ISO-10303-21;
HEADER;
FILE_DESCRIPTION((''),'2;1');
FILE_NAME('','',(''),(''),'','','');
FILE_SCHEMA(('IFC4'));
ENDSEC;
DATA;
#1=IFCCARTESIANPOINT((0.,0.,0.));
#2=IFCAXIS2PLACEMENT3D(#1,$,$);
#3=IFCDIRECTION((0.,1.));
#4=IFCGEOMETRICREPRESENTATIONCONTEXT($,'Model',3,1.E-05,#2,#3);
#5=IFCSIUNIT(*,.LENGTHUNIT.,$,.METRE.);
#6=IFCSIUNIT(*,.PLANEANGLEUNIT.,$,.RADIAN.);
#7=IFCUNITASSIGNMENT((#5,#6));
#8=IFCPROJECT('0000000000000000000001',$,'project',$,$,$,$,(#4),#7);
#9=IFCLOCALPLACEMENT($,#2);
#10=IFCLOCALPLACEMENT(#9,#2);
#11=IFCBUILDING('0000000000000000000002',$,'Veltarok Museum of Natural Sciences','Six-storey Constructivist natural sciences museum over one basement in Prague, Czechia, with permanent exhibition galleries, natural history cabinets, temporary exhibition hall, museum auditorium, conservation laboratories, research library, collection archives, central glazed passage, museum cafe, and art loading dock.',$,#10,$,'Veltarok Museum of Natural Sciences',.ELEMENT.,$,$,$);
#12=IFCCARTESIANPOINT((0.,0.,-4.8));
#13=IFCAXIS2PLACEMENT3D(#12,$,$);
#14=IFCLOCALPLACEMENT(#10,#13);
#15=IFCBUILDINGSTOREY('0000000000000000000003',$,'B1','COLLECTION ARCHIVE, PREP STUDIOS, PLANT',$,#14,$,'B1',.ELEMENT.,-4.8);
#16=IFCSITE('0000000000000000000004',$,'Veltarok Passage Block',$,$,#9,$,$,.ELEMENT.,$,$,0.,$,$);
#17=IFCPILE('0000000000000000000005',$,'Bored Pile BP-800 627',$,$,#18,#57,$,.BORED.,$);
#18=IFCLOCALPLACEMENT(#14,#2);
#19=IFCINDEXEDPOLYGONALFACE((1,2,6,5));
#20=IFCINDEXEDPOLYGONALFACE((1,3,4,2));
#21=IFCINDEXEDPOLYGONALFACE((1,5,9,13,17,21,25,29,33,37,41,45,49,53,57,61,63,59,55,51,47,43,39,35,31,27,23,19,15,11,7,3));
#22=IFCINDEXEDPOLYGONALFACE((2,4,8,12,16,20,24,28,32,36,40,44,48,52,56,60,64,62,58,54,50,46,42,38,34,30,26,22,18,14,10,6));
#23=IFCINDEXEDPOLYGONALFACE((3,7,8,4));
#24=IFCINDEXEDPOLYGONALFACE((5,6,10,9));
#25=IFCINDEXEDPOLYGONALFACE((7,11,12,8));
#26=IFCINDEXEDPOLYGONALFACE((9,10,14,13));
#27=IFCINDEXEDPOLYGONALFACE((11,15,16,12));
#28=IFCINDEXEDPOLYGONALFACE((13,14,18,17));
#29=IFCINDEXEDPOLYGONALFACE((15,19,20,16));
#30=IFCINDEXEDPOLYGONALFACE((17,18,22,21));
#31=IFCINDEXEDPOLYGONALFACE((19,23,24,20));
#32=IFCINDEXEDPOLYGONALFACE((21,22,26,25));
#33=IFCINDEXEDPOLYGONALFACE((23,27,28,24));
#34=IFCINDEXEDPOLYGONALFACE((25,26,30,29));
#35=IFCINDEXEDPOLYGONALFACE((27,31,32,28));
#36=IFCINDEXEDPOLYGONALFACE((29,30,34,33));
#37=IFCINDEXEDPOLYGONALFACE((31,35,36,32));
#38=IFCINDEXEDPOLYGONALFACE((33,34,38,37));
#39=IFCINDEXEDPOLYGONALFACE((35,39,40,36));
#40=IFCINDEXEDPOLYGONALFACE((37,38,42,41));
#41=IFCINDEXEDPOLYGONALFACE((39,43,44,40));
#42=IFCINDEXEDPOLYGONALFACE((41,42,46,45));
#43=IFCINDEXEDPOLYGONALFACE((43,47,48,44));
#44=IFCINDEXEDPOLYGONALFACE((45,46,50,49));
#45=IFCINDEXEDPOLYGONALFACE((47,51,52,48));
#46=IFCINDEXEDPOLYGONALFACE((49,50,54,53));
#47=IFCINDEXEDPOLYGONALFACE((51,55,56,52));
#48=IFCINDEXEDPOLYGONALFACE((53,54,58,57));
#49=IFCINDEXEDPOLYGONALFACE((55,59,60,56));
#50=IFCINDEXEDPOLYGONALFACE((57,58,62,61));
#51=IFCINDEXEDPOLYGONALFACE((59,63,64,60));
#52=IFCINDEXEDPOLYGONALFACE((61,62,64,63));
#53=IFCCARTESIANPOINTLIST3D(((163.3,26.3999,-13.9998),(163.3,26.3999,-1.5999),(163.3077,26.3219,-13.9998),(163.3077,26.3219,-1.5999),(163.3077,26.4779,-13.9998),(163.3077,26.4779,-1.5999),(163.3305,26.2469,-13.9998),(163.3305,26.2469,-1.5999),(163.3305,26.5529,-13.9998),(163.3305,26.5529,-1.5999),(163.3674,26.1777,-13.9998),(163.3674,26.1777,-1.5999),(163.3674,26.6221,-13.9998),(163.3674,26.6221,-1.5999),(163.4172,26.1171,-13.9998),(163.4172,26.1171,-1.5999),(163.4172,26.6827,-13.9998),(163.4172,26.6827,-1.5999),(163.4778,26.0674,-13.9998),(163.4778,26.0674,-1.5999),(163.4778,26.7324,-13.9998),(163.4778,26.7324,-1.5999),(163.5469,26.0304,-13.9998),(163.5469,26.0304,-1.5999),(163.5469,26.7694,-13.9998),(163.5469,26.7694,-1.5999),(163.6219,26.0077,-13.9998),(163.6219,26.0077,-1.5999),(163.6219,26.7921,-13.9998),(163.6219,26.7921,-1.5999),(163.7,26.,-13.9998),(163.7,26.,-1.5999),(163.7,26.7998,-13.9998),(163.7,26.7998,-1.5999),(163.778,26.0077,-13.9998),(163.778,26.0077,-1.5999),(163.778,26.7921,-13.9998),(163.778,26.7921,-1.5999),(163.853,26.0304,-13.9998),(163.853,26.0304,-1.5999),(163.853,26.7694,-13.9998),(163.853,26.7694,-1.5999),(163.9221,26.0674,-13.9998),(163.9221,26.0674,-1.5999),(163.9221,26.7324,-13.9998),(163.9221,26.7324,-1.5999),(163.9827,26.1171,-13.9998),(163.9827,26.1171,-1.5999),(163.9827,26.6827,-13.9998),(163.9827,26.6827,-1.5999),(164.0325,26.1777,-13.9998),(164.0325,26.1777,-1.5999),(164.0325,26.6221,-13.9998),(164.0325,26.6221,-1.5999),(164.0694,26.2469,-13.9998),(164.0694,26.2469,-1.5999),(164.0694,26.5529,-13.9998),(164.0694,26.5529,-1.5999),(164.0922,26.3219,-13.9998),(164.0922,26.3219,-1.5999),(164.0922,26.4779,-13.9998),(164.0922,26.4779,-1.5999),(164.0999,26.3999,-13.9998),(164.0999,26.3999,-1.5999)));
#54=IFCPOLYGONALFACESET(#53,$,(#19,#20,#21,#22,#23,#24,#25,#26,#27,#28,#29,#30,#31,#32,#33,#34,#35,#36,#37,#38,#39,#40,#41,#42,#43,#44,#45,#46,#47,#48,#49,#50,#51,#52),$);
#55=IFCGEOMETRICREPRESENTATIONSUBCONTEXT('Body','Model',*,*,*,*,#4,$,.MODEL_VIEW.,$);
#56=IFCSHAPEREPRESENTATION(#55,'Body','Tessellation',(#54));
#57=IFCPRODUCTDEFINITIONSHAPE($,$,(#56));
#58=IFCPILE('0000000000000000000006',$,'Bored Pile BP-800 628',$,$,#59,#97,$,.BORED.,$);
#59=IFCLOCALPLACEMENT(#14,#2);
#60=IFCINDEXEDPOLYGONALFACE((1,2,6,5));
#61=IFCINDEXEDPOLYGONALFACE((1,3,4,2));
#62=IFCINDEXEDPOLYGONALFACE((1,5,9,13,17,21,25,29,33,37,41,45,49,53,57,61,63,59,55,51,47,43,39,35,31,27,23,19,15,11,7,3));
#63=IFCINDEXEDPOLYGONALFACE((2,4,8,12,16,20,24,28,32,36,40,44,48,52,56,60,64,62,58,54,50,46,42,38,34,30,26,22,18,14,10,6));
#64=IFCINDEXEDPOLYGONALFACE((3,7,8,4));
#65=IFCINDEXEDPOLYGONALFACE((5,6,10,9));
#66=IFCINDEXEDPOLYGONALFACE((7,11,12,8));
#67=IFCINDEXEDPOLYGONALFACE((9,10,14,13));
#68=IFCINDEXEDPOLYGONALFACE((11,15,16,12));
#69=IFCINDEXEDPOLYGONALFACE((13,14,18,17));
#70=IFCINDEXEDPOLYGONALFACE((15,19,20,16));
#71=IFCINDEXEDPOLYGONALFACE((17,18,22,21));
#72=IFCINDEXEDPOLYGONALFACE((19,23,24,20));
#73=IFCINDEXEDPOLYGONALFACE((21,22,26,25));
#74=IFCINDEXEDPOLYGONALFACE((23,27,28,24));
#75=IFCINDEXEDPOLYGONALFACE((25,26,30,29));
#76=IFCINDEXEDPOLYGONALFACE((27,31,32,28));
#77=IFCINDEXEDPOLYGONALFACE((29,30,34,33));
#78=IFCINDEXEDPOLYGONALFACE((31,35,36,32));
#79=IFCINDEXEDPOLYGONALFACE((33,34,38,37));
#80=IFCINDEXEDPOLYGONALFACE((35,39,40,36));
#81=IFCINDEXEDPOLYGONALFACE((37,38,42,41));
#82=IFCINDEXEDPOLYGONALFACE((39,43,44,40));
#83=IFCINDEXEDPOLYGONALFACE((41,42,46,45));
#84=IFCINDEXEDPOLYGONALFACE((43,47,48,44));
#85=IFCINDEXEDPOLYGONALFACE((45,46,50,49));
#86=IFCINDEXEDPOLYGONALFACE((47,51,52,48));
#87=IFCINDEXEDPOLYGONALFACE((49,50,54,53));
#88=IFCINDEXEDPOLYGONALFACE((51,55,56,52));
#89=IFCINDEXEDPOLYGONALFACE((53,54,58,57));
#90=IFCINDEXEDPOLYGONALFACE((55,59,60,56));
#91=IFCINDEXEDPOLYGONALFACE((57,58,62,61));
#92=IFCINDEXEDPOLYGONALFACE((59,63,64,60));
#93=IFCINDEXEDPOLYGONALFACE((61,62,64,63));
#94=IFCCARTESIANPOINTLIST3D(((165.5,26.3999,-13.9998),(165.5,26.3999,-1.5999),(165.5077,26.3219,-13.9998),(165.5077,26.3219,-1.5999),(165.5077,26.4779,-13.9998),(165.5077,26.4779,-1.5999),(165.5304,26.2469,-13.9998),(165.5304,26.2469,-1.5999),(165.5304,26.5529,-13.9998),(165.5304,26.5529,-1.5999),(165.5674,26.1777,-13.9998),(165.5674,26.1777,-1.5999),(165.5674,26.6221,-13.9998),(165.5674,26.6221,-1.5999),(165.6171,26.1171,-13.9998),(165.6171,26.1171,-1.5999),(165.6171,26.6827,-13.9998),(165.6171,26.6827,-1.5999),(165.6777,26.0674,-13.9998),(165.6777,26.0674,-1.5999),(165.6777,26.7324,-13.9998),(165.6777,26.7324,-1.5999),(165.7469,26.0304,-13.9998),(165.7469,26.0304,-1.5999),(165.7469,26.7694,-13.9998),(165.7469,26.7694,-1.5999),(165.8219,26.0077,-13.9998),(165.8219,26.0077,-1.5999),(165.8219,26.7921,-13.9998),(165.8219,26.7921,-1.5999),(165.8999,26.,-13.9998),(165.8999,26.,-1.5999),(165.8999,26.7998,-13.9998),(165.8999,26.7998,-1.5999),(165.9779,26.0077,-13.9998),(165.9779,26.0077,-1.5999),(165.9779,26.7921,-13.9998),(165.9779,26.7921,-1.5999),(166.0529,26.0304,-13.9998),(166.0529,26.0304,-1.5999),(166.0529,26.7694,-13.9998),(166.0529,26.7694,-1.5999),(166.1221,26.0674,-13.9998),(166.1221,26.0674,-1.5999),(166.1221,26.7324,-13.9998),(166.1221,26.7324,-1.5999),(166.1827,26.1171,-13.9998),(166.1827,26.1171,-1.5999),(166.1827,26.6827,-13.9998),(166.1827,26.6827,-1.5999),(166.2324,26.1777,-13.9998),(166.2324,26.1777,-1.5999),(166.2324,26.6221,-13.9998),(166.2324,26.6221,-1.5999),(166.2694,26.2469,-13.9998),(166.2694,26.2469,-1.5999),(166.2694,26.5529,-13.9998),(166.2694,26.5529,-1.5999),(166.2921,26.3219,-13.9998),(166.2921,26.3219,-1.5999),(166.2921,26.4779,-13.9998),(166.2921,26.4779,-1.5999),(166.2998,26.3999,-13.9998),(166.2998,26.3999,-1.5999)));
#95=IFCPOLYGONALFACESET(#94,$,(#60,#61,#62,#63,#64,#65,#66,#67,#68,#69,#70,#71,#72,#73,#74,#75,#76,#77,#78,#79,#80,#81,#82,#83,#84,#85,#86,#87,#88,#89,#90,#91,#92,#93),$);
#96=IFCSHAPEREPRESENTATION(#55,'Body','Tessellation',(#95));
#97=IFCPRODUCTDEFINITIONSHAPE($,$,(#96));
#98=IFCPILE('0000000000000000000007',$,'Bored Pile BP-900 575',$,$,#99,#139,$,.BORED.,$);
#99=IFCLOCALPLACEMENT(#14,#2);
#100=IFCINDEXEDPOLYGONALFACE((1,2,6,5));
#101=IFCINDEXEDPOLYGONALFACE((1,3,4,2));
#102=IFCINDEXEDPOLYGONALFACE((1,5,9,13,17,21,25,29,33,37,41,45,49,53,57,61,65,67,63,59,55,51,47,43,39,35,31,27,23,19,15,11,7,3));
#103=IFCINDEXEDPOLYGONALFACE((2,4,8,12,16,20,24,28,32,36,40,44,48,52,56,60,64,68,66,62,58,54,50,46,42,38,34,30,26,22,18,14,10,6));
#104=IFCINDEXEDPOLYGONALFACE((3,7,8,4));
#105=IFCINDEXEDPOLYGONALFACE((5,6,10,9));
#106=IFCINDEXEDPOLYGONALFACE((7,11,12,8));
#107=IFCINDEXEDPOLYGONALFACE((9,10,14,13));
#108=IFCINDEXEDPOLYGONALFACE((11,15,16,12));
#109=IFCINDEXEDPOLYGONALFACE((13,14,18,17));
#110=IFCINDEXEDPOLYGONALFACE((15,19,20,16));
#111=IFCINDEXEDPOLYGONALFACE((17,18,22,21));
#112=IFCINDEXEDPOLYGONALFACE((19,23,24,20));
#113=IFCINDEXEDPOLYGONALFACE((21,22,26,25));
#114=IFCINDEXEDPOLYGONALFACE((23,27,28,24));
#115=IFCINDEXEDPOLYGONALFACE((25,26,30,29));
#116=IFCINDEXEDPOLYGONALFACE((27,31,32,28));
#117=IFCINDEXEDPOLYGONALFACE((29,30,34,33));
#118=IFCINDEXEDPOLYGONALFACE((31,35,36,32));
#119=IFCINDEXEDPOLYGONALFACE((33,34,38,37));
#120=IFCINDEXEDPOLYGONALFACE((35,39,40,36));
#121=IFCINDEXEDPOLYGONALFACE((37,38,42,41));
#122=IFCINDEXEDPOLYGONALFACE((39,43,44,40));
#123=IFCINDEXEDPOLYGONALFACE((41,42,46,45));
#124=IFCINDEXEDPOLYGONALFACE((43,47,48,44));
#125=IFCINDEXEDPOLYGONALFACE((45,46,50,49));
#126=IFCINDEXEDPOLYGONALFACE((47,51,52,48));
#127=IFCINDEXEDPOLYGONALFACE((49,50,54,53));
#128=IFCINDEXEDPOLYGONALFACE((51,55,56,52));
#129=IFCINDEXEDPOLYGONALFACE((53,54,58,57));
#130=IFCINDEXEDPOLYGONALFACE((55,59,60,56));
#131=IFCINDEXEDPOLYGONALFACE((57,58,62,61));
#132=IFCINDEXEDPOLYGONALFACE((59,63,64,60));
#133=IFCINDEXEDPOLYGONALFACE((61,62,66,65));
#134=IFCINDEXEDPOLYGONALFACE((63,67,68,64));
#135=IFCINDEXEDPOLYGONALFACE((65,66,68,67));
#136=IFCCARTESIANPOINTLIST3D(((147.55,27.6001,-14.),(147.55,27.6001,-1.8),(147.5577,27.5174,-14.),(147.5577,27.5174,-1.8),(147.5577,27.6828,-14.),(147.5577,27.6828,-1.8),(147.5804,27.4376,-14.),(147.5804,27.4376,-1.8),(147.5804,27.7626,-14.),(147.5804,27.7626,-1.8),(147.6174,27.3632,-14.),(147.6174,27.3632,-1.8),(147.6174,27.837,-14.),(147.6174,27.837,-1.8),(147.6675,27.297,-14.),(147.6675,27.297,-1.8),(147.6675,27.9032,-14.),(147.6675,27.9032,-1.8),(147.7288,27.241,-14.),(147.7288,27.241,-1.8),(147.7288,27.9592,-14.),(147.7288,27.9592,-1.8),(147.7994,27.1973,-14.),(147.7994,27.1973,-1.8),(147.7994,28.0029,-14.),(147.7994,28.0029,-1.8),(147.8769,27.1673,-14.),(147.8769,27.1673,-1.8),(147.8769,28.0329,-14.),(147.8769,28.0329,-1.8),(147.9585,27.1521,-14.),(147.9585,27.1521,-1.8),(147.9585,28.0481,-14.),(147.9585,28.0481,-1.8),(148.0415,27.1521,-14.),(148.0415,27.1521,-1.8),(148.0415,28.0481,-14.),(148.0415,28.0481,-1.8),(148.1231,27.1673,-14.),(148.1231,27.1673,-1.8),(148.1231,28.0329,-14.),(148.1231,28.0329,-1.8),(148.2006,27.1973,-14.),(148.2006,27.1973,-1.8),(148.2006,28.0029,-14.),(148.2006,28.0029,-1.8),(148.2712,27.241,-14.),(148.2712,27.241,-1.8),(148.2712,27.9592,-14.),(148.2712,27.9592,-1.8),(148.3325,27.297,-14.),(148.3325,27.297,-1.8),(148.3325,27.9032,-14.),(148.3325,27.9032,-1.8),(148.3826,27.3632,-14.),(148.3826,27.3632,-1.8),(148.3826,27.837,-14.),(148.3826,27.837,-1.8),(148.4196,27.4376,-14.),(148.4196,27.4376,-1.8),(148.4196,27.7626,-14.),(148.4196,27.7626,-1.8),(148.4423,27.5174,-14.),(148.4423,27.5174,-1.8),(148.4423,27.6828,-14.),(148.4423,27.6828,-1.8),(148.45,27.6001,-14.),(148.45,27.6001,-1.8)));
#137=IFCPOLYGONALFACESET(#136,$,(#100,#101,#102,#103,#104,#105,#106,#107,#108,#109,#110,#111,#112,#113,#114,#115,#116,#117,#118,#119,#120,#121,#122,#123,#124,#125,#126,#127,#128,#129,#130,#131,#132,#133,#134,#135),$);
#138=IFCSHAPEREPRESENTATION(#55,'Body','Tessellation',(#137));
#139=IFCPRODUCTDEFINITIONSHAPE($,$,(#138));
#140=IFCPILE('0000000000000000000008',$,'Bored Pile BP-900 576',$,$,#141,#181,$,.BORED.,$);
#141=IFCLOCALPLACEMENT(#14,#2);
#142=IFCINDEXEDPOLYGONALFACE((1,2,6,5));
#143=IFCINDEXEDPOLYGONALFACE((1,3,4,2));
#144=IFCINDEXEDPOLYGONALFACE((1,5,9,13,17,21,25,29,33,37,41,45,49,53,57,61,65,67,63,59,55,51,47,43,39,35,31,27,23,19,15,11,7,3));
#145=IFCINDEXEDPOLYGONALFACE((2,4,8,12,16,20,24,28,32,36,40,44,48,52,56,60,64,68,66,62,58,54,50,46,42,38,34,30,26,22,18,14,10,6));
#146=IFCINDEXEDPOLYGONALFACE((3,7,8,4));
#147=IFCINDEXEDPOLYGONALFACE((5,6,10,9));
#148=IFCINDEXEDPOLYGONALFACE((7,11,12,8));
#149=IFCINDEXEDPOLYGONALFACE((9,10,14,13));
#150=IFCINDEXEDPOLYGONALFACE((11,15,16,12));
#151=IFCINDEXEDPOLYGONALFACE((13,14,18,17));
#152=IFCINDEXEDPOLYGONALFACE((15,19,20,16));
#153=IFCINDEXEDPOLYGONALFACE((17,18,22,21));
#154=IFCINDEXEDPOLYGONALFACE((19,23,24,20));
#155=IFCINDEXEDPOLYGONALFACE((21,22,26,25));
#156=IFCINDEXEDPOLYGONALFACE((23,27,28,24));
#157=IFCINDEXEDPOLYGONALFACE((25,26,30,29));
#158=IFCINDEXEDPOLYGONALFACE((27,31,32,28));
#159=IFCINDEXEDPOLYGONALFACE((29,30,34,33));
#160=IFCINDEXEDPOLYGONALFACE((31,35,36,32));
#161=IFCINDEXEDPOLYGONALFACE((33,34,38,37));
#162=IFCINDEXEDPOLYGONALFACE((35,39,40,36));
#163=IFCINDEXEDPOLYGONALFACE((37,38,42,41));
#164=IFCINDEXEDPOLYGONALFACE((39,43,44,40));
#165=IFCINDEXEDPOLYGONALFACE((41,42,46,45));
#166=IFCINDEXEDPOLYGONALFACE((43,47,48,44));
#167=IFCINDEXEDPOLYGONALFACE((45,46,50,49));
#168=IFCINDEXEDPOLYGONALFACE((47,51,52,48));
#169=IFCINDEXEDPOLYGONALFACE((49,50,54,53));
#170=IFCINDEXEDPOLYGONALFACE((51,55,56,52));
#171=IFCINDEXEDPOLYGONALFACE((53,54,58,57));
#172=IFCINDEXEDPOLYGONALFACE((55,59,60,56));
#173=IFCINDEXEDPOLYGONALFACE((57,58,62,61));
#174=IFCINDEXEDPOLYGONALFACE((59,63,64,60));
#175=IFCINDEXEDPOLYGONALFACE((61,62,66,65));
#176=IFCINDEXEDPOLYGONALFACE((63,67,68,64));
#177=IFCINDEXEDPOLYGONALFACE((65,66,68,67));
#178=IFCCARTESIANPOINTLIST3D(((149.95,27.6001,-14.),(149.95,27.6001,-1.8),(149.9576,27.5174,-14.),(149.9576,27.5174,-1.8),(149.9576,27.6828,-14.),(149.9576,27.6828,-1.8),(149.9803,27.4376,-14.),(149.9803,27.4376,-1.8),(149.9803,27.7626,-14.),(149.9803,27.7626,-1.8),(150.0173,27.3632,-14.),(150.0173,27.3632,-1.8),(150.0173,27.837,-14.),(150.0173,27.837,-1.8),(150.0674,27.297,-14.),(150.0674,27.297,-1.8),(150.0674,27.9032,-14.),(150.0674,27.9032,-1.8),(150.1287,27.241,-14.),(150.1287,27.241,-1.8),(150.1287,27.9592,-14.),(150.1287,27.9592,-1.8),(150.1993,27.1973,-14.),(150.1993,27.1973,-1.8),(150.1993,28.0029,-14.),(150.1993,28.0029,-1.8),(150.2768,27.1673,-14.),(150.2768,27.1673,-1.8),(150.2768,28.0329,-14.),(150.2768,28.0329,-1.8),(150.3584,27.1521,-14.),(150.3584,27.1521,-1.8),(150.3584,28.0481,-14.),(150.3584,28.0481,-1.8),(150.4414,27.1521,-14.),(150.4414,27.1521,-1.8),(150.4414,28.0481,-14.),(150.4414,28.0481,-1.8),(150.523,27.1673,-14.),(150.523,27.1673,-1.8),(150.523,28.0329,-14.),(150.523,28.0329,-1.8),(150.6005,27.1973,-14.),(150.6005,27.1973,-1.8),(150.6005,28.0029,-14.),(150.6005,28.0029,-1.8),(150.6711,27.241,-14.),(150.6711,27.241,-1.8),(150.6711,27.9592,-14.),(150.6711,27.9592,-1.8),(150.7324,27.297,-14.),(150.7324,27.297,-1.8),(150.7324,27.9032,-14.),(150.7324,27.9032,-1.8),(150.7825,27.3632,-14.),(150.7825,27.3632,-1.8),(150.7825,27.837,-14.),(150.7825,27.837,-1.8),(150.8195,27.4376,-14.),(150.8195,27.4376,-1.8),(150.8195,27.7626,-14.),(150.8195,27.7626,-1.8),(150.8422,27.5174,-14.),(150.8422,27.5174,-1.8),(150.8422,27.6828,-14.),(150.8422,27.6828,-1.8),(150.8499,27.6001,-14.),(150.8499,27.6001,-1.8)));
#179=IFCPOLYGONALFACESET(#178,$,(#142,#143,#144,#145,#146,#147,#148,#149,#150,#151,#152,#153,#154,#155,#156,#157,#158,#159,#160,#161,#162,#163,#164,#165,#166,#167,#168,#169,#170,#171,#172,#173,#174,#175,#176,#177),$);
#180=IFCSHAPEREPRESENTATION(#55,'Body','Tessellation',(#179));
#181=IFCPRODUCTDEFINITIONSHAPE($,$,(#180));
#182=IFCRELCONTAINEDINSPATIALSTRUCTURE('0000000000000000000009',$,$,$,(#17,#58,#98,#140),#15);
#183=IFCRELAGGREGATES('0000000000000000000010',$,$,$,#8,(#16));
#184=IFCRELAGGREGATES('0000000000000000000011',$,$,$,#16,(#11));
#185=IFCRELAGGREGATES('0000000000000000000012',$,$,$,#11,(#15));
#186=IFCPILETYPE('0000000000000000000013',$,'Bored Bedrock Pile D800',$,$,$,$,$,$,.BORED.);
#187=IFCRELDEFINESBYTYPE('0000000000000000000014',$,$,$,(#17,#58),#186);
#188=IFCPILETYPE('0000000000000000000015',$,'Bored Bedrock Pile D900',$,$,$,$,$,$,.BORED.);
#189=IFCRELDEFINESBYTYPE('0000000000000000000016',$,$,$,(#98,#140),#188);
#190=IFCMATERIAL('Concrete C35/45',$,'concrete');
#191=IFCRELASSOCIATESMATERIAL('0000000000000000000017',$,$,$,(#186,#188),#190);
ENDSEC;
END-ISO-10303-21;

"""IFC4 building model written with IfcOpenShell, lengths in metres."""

from ifc_helpers import new_model, si_unit, direction, frame, origin, origin_2d, place, context, subcontext, project, spatial, circle, extrude, material, material_profile, profile_set, type_object, element, save


model = new_model("IFC4")

# Units and contexts
model_context = context("Model", 3, precision=1e-05, world=origin(), true_north=direction((0.0, 1.0)))
body_context = subcontext(model_context, "Body", "Model", "MODEL_VIEW")
ifc_project = project(units=[si_unit("LENGTHUNIT", "METRE"), si_unit("PLANEANGLEUNIT", "RADIAN")], contexts=[model_context])

# Site, building, storey
site_placement = place(None, origin())
site = spatial("IfcSite", under=ifc_project, at=site_placement, Name="Veltarok Passage Block", CompositionType="ELEMENT", RefElevation=0.0)
building_placement = place(site_placement, origin())
building = spatial("IfcBuilding", under=site, at=building_placement, Name="Veltarok Museum of Natural Sciences", Description="Six-storey Constructivist natural sciences museum over one basement in Prague, Czechia, with permanent exhibition galleries, natural history cabinets, temporary exhibition hall, museum auditorium, conservation laboratories, research library, collection archives, central glazed passage, museum cafe, and art loading dock.", LongName="Veltarok Museum of Natural Sciences", CompositionType="ELEMENT")
storey_placement = place(building_placement, frame((0.0, 0.0, -4.8)))
storey = spatial("IfcBuildingStorey", under=building, at=storey_placement, Name="B1", Description="COLLECTION ARCHIVE, PREP STUDIOS, PLANT", LongName="B1", CompositionType="ELEMENT", Elevation=-4.8)

# Piles
ifc_material_1 = material(Name="Concrete C35/45", Category="concrete")
ifc_material_profile_1 = material_profile(ifc_material_1, circle(Radius=0.3999, at=origin_2d()), Name="BP D800")
ifc_profile_set_1 = profile_set([ifc_material_profile_1], Name="Concrete C35/45")
pile_type_1 = type_object("IfcPileType", Name="Bored Bedrock Pile D800", PredefinedType="BORED", material=ifc_profile_set_1)
for number, where, z_axis, x_axis, name in (
    (1, (163.7, 26.3999, -1.5999), (0.0, 0.0, -1.0), (1.0, 0.0, 0.0), "Bored Pile BP-800 627"),
    (2, (165.8999, 26.3999, -1.5999), (0.0, 0.0, -1.0), (1.0, 0.0, 0.0), "Bored Pile BP-800 628"),
):
    element("IfcPile", number, at=place(storey_placement, frame(where, z_axis=z_axis, x_axis=x_axis)), inside=storey, type_object=pile_type_1, Name=name, PredefinedType="BORED", context=body_context, shape_type="SweptSolid", body=[
        extrude(circle(Radius=0.3999, at=origin_2d()), origin(), (0.0, 0.0, 1.0), 12.3999),
    ])
ifc_material_profile_2 = material_profile(ifc_material_1, circle(Radius=0.45, at=origin_2d()), Name="BP D900")
ifc_profile_set_2 = profile_set([ifc_material_profile_2], Name="Concrete C35/45")
pile_type_2 = type_object("IfcPileType", Name="Bored Bedrock Pile D900", PredefinedType="BORED", material=ifc_profile_set_2)
for number, where, z_axis, x_axis, name in (
    (3, (148.0, 27.6001, -1.8), (0.0, 0.0, -1.0), (1.0, 0.0, 0.0), "Bored Pile BP-900 575"),
    (4, (150.3999, 27.6001, -1.8), (0.0, 0.0, -1.0), (1.0, 0.0, 0.0), "Bored Pile BP-900 576"),
):
    element("IfcPile", number, at=place(storey_placement, frame(where, z_axis=z_axis, x_axis=x_axis)), inside=storey, type_object=pile_type_2, Name=name, PredefinedType="BORED", context=body_context, shape_type="SweptSolid", body=[
        extrude(circle(Radius=0.45, at=origin_2d()), origin(), (0.0, 0.0, 1.0), 12.2),
    ])

save(model, "model.ifc")
